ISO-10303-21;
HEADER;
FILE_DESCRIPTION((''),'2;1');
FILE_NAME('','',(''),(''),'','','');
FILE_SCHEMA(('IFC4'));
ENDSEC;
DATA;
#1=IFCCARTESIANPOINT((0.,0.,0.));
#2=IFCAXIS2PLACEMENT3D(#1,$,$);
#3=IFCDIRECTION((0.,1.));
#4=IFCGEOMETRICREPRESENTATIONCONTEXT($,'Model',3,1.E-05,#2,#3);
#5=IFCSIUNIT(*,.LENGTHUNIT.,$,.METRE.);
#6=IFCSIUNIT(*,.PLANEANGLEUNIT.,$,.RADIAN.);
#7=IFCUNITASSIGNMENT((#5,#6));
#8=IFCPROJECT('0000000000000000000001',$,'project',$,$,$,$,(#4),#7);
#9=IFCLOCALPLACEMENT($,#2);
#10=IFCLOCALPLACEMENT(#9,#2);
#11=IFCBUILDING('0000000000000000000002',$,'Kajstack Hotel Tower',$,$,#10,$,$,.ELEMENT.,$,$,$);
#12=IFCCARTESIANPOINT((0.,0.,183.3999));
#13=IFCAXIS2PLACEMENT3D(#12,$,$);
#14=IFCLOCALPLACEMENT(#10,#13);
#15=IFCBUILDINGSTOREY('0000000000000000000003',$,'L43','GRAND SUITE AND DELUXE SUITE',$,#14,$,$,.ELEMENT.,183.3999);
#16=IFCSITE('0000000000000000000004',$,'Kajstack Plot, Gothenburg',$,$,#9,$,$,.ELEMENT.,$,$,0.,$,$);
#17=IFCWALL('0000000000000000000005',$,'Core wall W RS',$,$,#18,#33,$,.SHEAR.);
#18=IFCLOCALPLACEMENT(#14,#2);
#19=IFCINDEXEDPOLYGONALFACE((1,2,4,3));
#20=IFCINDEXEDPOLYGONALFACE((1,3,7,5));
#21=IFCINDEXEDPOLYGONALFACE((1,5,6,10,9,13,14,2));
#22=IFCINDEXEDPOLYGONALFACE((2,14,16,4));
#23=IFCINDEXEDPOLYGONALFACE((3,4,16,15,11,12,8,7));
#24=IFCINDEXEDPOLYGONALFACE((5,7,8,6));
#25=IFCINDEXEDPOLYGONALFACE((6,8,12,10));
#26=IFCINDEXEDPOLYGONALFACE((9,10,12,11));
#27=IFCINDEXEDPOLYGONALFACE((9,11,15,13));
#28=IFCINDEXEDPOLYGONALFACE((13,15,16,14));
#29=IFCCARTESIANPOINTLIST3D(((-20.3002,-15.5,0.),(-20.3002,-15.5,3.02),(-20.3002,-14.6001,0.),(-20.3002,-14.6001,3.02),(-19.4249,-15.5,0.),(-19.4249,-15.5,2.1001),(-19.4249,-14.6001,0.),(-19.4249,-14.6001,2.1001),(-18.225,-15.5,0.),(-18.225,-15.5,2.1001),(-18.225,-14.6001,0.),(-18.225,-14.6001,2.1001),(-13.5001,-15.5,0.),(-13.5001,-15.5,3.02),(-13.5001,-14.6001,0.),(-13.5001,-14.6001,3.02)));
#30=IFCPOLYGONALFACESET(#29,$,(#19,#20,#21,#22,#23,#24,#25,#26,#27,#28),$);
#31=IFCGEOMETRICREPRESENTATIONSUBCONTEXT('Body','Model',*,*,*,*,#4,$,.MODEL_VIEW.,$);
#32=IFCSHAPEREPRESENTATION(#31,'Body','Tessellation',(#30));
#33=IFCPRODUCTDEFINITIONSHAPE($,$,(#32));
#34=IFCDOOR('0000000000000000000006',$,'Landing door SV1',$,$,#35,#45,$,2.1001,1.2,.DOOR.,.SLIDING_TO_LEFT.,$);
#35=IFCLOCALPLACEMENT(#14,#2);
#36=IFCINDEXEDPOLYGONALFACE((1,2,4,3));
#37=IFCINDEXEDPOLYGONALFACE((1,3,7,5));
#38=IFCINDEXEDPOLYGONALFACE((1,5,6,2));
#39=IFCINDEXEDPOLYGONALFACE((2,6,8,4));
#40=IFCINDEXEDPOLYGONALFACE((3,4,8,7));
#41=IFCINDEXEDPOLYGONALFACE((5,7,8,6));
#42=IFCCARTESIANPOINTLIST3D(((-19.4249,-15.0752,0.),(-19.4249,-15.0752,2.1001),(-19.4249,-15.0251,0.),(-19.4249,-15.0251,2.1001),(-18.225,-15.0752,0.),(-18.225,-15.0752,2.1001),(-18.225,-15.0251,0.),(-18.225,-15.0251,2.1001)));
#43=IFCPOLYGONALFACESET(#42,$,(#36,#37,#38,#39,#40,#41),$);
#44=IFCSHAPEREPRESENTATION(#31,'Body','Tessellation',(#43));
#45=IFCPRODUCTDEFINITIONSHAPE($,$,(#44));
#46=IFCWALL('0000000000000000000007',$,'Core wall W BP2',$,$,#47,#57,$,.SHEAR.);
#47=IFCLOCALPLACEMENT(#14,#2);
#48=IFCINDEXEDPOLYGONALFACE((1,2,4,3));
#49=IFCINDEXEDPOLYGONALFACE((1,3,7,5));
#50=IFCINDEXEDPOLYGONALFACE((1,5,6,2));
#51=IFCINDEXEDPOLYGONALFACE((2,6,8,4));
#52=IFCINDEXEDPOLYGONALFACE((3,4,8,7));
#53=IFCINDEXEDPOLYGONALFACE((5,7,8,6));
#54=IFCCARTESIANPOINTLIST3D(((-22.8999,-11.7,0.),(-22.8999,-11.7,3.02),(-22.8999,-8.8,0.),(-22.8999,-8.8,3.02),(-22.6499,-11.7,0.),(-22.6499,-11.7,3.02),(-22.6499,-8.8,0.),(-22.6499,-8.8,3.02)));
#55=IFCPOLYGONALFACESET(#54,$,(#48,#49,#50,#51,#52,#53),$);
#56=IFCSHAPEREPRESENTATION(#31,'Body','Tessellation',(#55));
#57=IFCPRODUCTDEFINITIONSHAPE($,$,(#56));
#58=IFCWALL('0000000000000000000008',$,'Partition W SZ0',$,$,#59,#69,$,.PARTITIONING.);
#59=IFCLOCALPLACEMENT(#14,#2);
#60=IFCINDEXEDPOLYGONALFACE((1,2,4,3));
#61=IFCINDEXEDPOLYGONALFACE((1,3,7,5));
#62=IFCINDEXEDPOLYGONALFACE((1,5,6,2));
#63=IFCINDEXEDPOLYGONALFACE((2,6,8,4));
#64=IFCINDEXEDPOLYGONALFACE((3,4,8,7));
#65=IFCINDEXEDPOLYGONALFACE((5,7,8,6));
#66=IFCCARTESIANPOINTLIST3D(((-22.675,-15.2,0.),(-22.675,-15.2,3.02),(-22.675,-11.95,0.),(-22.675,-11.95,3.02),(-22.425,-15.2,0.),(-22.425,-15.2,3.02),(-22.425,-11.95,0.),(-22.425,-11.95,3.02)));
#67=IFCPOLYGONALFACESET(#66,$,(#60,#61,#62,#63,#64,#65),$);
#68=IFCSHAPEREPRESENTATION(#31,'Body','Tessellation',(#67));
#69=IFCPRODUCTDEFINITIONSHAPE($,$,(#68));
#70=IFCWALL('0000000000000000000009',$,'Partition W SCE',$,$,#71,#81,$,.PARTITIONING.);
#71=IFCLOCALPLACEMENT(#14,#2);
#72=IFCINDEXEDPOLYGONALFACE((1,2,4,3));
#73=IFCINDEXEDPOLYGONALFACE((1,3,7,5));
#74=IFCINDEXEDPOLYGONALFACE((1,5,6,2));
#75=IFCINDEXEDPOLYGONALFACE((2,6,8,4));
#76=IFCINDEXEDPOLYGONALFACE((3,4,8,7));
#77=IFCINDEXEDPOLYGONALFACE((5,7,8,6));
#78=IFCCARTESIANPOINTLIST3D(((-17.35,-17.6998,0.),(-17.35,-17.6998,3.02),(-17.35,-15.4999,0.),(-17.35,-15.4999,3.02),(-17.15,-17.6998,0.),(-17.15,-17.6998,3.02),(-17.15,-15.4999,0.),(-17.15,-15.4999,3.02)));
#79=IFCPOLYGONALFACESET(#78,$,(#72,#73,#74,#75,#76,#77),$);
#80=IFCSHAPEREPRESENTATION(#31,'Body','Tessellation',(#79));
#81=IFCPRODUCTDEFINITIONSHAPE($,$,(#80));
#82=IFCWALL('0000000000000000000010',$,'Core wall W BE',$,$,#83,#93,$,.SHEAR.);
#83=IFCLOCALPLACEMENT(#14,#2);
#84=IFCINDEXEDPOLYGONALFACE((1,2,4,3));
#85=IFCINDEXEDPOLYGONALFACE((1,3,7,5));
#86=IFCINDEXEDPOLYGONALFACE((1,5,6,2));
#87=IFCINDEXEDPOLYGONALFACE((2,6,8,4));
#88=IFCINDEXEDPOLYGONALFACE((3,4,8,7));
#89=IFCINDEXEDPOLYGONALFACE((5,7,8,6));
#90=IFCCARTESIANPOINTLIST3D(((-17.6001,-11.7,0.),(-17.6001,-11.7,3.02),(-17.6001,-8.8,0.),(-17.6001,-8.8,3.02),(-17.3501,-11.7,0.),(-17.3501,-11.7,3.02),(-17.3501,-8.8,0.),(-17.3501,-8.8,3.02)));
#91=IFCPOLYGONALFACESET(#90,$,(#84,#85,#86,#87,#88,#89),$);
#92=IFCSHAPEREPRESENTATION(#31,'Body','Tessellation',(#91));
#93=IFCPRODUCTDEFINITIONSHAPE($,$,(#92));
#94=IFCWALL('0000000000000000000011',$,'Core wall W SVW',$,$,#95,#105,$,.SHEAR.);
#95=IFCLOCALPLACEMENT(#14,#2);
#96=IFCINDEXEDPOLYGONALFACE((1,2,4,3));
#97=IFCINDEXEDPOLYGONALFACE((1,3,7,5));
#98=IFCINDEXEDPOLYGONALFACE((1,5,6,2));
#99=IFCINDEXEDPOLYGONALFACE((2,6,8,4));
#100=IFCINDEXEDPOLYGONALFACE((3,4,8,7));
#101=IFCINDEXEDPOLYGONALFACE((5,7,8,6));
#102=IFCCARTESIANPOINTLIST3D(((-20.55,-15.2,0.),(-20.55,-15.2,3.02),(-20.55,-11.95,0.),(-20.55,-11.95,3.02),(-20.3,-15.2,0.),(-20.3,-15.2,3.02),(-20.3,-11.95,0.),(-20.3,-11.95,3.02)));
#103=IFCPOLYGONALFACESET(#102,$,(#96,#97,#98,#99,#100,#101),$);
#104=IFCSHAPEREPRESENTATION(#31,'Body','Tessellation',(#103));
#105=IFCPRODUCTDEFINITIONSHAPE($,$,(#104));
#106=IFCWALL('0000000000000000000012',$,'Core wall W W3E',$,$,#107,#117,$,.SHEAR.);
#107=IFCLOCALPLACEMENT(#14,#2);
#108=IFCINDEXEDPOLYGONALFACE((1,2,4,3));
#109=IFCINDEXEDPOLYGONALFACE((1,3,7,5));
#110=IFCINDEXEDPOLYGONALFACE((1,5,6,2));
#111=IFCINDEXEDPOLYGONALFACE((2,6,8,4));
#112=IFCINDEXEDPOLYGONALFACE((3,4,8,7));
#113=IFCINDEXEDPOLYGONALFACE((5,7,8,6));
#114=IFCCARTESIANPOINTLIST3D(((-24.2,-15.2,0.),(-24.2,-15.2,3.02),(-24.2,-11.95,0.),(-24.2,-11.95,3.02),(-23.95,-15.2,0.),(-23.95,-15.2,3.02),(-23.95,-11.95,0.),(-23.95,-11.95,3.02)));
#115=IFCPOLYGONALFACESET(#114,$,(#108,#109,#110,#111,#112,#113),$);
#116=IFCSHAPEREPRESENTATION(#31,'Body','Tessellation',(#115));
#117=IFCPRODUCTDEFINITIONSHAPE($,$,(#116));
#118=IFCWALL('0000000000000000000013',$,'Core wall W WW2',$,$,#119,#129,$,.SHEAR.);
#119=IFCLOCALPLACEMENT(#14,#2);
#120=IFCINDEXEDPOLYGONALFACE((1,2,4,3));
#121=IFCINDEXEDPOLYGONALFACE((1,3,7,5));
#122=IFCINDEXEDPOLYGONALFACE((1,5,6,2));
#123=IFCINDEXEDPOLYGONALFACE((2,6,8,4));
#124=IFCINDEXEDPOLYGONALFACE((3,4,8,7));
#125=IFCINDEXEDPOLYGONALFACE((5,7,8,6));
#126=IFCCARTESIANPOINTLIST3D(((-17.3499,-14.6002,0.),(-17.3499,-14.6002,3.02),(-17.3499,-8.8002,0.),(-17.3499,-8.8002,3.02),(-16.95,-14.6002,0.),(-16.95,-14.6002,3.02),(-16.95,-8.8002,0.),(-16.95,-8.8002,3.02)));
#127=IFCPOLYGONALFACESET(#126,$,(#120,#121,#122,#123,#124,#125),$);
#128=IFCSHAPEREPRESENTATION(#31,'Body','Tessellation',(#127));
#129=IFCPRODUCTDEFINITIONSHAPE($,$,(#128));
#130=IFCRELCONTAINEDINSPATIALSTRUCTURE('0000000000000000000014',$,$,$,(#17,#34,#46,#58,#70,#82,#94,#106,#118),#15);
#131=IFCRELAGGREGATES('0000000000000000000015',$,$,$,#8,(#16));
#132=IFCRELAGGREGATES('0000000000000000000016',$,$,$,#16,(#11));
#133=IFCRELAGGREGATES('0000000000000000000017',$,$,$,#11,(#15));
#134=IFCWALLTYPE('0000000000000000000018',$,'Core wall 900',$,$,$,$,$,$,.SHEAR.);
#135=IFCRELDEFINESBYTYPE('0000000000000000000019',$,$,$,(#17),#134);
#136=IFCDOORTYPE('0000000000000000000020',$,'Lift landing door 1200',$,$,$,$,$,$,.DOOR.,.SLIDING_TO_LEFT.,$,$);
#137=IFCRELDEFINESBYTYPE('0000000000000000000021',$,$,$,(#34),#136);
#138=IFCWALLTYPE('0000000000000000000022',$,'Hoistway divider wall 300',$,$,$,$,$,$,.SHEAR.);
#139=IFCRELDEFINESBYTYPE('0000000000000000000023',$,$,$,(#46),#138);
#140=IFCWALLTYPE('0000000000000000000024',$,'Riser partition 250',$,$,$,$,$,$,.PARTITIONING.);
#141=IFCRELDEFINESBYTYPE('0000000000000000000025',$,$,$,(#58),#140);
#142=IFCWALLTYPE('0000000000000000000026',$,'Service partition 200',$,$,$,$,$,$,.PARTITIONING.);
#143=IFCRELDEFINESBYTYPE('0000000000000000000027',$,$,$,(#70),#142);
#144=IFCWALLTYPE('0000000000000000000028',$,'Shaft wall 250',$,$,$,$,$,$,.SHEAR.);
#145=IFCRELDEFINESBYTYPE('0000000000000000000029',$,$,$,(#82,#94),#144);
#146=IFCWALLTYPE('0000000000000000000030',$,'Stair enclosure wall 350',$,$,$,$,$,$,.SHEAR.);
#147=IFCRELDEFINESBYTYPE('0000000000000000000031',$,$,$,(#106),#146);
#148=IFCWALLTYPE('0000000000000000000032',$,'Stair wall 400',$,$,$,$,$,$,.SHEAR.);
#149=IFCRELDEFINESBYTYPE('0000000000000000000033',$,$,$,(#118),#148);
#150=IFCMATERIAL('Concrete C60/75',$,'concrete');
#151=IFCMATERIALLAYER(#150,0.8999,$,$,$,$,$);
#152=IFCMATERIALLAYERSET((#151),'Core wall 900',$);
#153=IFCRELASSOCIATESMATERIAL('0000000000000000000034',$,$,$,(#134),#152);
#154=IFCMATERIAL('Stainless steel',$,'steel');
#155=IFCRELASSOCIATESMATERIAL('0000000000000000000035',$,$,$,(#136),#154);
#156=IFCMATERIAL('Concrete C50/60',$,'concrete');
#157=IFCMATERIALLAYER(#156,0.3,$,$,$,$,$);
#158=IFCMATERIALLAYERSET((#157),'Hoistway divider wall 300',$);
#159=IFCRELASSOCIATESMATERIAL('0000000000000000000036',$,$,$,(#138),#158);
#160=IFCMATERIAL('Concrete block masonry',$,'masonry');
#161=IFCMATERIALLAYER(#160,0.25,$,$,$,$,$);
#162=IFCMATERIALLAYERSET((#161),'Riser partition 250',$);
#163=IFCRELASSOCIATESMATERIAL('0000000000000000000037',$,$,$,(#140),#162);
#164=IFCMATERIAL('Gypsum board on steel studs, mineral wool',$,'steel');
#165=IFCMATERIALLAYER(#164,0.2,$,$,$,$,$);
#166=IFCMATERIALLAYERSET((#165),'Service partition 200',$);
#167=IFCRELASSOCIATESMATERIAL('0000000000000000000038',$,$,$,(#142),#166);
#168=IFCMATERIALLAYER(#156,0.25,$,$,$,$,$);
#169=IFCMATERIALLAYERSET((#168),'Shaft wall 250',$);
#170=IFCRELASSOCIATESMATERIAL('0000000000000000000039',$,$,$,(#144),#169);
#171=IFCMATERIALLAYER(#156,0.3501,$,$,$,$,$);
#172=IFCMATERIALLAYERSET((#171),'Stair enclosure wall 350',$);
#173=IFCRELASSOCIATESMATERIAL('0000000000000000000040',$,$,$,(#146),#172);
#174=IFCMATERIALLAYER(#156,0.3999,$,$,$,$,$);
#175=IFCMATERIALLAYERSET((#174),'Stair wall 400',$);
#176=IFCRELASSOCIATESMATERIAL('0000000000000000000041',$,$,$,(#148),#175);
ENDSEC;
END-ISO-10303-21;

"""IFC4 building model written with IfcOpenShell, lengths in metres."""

from ifc_helpers import new_model, si_unit, direction, frame, frame_2d, origin, place, context, subcontext, project, spatial, rectangle, extrude, material, layer, layer_set, type_object, element, fill, save


model = new_model("IFC4")

# Units and contexts
model_context = context("Model", 3, precision=1e-05, world=origin(), true_north=direction((0.0, 1.0)))
body_context = subcontext(model_context, "Body", "Model", "MODEL_VIEW")
ifc_project = project(units=[si_unit("LENGTHUNIT", "METRE"), si_unit("PLANEANGLEUNIT", "RADIAN")], contexts=[model_context])

# Site, building, storey
site_placement = place(None, origin())
site = spatial("IfcSite", under=ifc_project, at=site_placement, Name="Kajstack Plot, Gothenburg", CompositionType="ELEMENT", RefElevation=0.0)
building_placement = place(site_placement, origin())
building = spatial("IfcBuilding", under=site, at=building_placement, Name="Kajstack Hotel Tower", CompositionType="ELEMENT")
storey_placement = place(building_placement, frame((0.0, 0.0, 183.3999)))
storey = spatial("IfcBuildingStorey", under=building, at=storey_placement, Name="L43", Description="GRAND SUITE AND DELUXE SUITE", CompositionType="ELEMENT", Elevation=183.3999)

# Wall, opening, door
ifc_material_1 = material(Name="Concrete C60/75", Category="concrete")
ifc_layer_1 = layer(ifc_material_1, 0.8999)
ifc_layer_set_1 = layer_set([ifc_layer_1], Name="Core wall 900")
wall_type_1 = type_object("IfcWallType", Name="Core wall 900", PredefinedType="SHEAR", material=ifc_layer_set_1)
wall_1_placement = place(storey_placement, frame((-20.3, -15.05, 0.0), z_axis=(0.0, 0.0, 1.0), x_axis=(1.0, 0.0, 0.0)))
wall_1 = element("IfcWall", 1, at=wall_1_placement, inside=storey, type_object=wall_type_1, Name="Core wall W RS", PredefinedType="SHEAR", context=body_context, shape_type="SweptSolid", body=[
    extrude(rectangle(XDim=6.8, YDim=0.8999, at=frame_2d((3.3999, 0.0))), origin(), (0.0, 0.0, 1.0), 3.02),
])
opening_placement = place(wall_1_placement, frame((0.875, 0.0, 0.0)))
opening = element("IfcOpeningElement", 2, at=opening_placement, cuts=wall_1, PredefinedType="OPENING", context=body_context, shape_type="SweptSolid", body=[
    extrude(rectangle(XDim=1.2, YDim=2.1001, at=frame_2d((0.6001, 1.05))), frame((0.0, 0.46, 0.0), z_axis=(0.0, -1.0, 0.0), x_axis=(1.0, 0.0, 0.0)), (0.0, 0.0, 1.0), 0.9199),
])
ifc_material_2 = material(Name="Stainless steel", Category="steel")
door_type = type_object("IfcDoorType", Name="Lift landing door 1200", OperationType="SLIDING_TO_LEFT", PredefinedType="DOOR", material=ifc_material_2)
door_placement = place(opening_placement, origin())
door = element("IfcDoor", 3, at=door_placement, inside=storey, type_object=door_type, Name="Landing door SV1", OperationType="SLIDING_TO_LEFT", OverallHeight=2.1001, OverallWidth=1.2, PredefinedType="DOOR", context=body_context, shape_type="SweptSolid", body=[
    extrude(rectangle(XDim=1.2, YDim=2.1001, at=frame_2d((0.6001, 1.05))), frame((0.0, 0.0249, 0.0), z_axis=(0.0, -1.0, 0.0), x_axis=(1.0, 0.0, 0.0)), (0.0, 0.0, 1.0), 0.05),
])
fill(opening, door)

# Walls
ifc_material_3 = material(Name="Concrete C50/60", Category="concrete")
ifc_layer_2 = layer(ifc_material_3, 0.3)
ifc_layer_set_2 = layer_set([ifc_layer_2], Name="Hoistway divider wall 300")
wall_type_2 = type_object("IfcWallType", Name="Hoistway divider wall 300", PredefinedType="SHEAR", material=ifc_layer_set_2)
wall_2_placement = place(storey_placement, frame((-22.7749, -11.7, 0.0), z_axis=(0.0, 0.0, 1.0), x_axis=(0.0, 1.0, 0.0)))
element("IfcWall", 4, at=wall_2_placement, inside=storey, type_object=wall_type_2, Name="Core wall W BP2", PredefinedType="SHEAR", context=body_context, shape_type="SweptSolid", body=[
    extrude(rectangle(XDim=2.8999, YDim=0.25, at=frame_2d((1.45, 0.0))), origin(), (0.0, 0.0, 1.0), 3.02),
])
ifc_material_4 = material(Name="Concrete block masonry", Category="masonry")
ifc_layer_3 = layer(ifc_material_4, 0.25)
ifc_layer_set_3 = layer_set([ifc_layer_3], Name="Riser partition 250")
wall_type_3 = type_object("IfcWallType", Name="Riser partition 250", PredefinedType="PARTITIONING", material=ifc_layer_set_3)
wall_3_placement = place(storey_placement, frame((-22.55, -15.2, 0.0), z_axis=(0.0, 0.0, 1.0), x_axis=(0.0, 1.0, 0.0)))
element("IfcWall", 5, at=wall_3_placement, inside=storey, type_object=wall_type_3, Name="Partition W SZ0", PredefinedType="PARTITIONING", context=body_context, shape_type="SweptSolid", body=[
    extrude(rectangle(XDim=3.25, YDim=0.25, at=frame_2d((1.625, 0.0))), origin(), (0.0, 0.0, 1.0), 3.02),
])
ifc_material_5 = material(Name="Gypsum board on steel studs, mineral wool", Category="steel")
ifc_layer_4 = layer(ifc_material_5, 0.2)
ifc_layer_set_4 = layer_set([ifc_layer_4], Name="Service partition 200")
wall_type_4 = type_object("IfcWallType", Name="Service partition 200", PredefinedType="PARTITIONING", material=ifc_layer_set_4)
wall_4_placement = place(storey_placement, frame((-17.25, -17.7, 0.0), z_axis=(0.0, 0.0, 1.0), x_axis=(0.0, 1.0, 0.0)))
element("IfcWall", 6, at=wall_4_placement, inside=storey, type_object=wall_type_4, Name="Partition W SCE", PredefinedType="PARTITIONING", context=body_context, shape_type="SweptSolid", body=[
    extrude(rectangle(XDim=2.2, YDim=0.2, at=frame_2d((1.1001, 0.0))), origin(), (0.0, 0.0, 1.0), 3.02),
])
ifc_layer_5 = layer(ifc_material_3, 0.25)
ifc_layer_set_5 = layer_set([ifc_layer_5], Name="Shaft wall 250")
wall_type_5 = type_object("IfcWallType", Name="Shaft wall 250", PredefinedType="SHEAR", material=ifc_layer_set_5)
wall_5_placement = place(storey_placement, frame((-17.4751, -11.7, 0.0), z_axis=(0.0, 0.0, 1.0), x_axis=(0.0, 1.0, 0.0)))
element("IfcWall", 7, at=wall_5_placement, inside=storey, type_object=wall_type_5, Name="Core wall W BE", PredefinedType="SHEAR", context=body_context, shape_type="SweptSolid", body=[
    extrude(rectangle(XDim=2.8999, YDim=0.25, at=frame_2d((1.45, 0.0))), origin(), (0.0, 0.0, 1.0), 3.02),
])
wall_6_placement = place(storey_placement, frame((-20.425, -15.2, 0.0), z_axis=(0.0, 0.0, 1.0), x_axis=(0.0, 1.0, 0.0)))
element("IfcWall", 8, at=wall_6_placement, inside=storey, type_object=wall_type_5, Name="Core wall W SVW", PredefinedType="SHEAR", context=body_context, shape_type="SweptSolid", body=[
    extrude(rectangle(XDim=3.25, YDim=0.25, at=frame_2d((1.625, 0.0))), origin(), (0.0, 0.0, 1.0), 3.02),
])
ifc_layer_6 = layer(ifc_material_3, 0.3501)
ifc_layer_set_6 = layer_set([ifc_layer_6], Name="Stair enclosure wall 350")
wall_type_6 = type_object("IfcWallType", Name="Stair enclosure wall 350", PredefinedType="SHEAR", material=ifc_layer_set_6)
wall_7_placement = place(storey_placement, frame((-24.075, -15.2, 0.0), z_axis=(0.0, 0.0, 1.0), x_axis=(0.0, 1.0, 0.0)))
element("IfcWall", 9, at=wall_7_placement, inside=storey, type_object=wall_type_6, Name="Core wall W W3E", PredefinedType="SHEAR", context=body_context, shape_type="SweptSolid", body=[
    extrude(rectangle(XDim=3.25, YDim=0.25, at=frame_2d((1.625, 0.0))), origin(), (0.0, 0.0, 1.0), 3.02),
])
ifc_layer_7 = layer(ifc_material_3, 0.3999)
ifc_layer_set_7 = layer_set([ifc_layer_7], Name="Stair wall 400")
wall_type_7 = type_object("IfcWallType", Name="Stair wall 400", PredefinedType="SHEAR", material=ifc_layer_set_7)
wall_8_placement = place(storey_placement, frame((-17.1499, -14.6001, 0.0), z_axis=(0.0, 0.0, 1.0), x_axis=(0.0, 1.0, 0.0)))
element("IfcWall", 10, at=wall_8_placement, inside=storey, type_object=wall_type_7, Name="Core wall W WW2", PredefinedType="SHEAR", context=body_context, shape_type="SweptSolid", body=[
    extrude(rectangle(XDim=5.8, YDim=0.3999, at=frame_2d((2.8999, 0.0))), origin(), (0.0, 0.0, 1.0), 3.02),
])

save(model, "model.ifc")
